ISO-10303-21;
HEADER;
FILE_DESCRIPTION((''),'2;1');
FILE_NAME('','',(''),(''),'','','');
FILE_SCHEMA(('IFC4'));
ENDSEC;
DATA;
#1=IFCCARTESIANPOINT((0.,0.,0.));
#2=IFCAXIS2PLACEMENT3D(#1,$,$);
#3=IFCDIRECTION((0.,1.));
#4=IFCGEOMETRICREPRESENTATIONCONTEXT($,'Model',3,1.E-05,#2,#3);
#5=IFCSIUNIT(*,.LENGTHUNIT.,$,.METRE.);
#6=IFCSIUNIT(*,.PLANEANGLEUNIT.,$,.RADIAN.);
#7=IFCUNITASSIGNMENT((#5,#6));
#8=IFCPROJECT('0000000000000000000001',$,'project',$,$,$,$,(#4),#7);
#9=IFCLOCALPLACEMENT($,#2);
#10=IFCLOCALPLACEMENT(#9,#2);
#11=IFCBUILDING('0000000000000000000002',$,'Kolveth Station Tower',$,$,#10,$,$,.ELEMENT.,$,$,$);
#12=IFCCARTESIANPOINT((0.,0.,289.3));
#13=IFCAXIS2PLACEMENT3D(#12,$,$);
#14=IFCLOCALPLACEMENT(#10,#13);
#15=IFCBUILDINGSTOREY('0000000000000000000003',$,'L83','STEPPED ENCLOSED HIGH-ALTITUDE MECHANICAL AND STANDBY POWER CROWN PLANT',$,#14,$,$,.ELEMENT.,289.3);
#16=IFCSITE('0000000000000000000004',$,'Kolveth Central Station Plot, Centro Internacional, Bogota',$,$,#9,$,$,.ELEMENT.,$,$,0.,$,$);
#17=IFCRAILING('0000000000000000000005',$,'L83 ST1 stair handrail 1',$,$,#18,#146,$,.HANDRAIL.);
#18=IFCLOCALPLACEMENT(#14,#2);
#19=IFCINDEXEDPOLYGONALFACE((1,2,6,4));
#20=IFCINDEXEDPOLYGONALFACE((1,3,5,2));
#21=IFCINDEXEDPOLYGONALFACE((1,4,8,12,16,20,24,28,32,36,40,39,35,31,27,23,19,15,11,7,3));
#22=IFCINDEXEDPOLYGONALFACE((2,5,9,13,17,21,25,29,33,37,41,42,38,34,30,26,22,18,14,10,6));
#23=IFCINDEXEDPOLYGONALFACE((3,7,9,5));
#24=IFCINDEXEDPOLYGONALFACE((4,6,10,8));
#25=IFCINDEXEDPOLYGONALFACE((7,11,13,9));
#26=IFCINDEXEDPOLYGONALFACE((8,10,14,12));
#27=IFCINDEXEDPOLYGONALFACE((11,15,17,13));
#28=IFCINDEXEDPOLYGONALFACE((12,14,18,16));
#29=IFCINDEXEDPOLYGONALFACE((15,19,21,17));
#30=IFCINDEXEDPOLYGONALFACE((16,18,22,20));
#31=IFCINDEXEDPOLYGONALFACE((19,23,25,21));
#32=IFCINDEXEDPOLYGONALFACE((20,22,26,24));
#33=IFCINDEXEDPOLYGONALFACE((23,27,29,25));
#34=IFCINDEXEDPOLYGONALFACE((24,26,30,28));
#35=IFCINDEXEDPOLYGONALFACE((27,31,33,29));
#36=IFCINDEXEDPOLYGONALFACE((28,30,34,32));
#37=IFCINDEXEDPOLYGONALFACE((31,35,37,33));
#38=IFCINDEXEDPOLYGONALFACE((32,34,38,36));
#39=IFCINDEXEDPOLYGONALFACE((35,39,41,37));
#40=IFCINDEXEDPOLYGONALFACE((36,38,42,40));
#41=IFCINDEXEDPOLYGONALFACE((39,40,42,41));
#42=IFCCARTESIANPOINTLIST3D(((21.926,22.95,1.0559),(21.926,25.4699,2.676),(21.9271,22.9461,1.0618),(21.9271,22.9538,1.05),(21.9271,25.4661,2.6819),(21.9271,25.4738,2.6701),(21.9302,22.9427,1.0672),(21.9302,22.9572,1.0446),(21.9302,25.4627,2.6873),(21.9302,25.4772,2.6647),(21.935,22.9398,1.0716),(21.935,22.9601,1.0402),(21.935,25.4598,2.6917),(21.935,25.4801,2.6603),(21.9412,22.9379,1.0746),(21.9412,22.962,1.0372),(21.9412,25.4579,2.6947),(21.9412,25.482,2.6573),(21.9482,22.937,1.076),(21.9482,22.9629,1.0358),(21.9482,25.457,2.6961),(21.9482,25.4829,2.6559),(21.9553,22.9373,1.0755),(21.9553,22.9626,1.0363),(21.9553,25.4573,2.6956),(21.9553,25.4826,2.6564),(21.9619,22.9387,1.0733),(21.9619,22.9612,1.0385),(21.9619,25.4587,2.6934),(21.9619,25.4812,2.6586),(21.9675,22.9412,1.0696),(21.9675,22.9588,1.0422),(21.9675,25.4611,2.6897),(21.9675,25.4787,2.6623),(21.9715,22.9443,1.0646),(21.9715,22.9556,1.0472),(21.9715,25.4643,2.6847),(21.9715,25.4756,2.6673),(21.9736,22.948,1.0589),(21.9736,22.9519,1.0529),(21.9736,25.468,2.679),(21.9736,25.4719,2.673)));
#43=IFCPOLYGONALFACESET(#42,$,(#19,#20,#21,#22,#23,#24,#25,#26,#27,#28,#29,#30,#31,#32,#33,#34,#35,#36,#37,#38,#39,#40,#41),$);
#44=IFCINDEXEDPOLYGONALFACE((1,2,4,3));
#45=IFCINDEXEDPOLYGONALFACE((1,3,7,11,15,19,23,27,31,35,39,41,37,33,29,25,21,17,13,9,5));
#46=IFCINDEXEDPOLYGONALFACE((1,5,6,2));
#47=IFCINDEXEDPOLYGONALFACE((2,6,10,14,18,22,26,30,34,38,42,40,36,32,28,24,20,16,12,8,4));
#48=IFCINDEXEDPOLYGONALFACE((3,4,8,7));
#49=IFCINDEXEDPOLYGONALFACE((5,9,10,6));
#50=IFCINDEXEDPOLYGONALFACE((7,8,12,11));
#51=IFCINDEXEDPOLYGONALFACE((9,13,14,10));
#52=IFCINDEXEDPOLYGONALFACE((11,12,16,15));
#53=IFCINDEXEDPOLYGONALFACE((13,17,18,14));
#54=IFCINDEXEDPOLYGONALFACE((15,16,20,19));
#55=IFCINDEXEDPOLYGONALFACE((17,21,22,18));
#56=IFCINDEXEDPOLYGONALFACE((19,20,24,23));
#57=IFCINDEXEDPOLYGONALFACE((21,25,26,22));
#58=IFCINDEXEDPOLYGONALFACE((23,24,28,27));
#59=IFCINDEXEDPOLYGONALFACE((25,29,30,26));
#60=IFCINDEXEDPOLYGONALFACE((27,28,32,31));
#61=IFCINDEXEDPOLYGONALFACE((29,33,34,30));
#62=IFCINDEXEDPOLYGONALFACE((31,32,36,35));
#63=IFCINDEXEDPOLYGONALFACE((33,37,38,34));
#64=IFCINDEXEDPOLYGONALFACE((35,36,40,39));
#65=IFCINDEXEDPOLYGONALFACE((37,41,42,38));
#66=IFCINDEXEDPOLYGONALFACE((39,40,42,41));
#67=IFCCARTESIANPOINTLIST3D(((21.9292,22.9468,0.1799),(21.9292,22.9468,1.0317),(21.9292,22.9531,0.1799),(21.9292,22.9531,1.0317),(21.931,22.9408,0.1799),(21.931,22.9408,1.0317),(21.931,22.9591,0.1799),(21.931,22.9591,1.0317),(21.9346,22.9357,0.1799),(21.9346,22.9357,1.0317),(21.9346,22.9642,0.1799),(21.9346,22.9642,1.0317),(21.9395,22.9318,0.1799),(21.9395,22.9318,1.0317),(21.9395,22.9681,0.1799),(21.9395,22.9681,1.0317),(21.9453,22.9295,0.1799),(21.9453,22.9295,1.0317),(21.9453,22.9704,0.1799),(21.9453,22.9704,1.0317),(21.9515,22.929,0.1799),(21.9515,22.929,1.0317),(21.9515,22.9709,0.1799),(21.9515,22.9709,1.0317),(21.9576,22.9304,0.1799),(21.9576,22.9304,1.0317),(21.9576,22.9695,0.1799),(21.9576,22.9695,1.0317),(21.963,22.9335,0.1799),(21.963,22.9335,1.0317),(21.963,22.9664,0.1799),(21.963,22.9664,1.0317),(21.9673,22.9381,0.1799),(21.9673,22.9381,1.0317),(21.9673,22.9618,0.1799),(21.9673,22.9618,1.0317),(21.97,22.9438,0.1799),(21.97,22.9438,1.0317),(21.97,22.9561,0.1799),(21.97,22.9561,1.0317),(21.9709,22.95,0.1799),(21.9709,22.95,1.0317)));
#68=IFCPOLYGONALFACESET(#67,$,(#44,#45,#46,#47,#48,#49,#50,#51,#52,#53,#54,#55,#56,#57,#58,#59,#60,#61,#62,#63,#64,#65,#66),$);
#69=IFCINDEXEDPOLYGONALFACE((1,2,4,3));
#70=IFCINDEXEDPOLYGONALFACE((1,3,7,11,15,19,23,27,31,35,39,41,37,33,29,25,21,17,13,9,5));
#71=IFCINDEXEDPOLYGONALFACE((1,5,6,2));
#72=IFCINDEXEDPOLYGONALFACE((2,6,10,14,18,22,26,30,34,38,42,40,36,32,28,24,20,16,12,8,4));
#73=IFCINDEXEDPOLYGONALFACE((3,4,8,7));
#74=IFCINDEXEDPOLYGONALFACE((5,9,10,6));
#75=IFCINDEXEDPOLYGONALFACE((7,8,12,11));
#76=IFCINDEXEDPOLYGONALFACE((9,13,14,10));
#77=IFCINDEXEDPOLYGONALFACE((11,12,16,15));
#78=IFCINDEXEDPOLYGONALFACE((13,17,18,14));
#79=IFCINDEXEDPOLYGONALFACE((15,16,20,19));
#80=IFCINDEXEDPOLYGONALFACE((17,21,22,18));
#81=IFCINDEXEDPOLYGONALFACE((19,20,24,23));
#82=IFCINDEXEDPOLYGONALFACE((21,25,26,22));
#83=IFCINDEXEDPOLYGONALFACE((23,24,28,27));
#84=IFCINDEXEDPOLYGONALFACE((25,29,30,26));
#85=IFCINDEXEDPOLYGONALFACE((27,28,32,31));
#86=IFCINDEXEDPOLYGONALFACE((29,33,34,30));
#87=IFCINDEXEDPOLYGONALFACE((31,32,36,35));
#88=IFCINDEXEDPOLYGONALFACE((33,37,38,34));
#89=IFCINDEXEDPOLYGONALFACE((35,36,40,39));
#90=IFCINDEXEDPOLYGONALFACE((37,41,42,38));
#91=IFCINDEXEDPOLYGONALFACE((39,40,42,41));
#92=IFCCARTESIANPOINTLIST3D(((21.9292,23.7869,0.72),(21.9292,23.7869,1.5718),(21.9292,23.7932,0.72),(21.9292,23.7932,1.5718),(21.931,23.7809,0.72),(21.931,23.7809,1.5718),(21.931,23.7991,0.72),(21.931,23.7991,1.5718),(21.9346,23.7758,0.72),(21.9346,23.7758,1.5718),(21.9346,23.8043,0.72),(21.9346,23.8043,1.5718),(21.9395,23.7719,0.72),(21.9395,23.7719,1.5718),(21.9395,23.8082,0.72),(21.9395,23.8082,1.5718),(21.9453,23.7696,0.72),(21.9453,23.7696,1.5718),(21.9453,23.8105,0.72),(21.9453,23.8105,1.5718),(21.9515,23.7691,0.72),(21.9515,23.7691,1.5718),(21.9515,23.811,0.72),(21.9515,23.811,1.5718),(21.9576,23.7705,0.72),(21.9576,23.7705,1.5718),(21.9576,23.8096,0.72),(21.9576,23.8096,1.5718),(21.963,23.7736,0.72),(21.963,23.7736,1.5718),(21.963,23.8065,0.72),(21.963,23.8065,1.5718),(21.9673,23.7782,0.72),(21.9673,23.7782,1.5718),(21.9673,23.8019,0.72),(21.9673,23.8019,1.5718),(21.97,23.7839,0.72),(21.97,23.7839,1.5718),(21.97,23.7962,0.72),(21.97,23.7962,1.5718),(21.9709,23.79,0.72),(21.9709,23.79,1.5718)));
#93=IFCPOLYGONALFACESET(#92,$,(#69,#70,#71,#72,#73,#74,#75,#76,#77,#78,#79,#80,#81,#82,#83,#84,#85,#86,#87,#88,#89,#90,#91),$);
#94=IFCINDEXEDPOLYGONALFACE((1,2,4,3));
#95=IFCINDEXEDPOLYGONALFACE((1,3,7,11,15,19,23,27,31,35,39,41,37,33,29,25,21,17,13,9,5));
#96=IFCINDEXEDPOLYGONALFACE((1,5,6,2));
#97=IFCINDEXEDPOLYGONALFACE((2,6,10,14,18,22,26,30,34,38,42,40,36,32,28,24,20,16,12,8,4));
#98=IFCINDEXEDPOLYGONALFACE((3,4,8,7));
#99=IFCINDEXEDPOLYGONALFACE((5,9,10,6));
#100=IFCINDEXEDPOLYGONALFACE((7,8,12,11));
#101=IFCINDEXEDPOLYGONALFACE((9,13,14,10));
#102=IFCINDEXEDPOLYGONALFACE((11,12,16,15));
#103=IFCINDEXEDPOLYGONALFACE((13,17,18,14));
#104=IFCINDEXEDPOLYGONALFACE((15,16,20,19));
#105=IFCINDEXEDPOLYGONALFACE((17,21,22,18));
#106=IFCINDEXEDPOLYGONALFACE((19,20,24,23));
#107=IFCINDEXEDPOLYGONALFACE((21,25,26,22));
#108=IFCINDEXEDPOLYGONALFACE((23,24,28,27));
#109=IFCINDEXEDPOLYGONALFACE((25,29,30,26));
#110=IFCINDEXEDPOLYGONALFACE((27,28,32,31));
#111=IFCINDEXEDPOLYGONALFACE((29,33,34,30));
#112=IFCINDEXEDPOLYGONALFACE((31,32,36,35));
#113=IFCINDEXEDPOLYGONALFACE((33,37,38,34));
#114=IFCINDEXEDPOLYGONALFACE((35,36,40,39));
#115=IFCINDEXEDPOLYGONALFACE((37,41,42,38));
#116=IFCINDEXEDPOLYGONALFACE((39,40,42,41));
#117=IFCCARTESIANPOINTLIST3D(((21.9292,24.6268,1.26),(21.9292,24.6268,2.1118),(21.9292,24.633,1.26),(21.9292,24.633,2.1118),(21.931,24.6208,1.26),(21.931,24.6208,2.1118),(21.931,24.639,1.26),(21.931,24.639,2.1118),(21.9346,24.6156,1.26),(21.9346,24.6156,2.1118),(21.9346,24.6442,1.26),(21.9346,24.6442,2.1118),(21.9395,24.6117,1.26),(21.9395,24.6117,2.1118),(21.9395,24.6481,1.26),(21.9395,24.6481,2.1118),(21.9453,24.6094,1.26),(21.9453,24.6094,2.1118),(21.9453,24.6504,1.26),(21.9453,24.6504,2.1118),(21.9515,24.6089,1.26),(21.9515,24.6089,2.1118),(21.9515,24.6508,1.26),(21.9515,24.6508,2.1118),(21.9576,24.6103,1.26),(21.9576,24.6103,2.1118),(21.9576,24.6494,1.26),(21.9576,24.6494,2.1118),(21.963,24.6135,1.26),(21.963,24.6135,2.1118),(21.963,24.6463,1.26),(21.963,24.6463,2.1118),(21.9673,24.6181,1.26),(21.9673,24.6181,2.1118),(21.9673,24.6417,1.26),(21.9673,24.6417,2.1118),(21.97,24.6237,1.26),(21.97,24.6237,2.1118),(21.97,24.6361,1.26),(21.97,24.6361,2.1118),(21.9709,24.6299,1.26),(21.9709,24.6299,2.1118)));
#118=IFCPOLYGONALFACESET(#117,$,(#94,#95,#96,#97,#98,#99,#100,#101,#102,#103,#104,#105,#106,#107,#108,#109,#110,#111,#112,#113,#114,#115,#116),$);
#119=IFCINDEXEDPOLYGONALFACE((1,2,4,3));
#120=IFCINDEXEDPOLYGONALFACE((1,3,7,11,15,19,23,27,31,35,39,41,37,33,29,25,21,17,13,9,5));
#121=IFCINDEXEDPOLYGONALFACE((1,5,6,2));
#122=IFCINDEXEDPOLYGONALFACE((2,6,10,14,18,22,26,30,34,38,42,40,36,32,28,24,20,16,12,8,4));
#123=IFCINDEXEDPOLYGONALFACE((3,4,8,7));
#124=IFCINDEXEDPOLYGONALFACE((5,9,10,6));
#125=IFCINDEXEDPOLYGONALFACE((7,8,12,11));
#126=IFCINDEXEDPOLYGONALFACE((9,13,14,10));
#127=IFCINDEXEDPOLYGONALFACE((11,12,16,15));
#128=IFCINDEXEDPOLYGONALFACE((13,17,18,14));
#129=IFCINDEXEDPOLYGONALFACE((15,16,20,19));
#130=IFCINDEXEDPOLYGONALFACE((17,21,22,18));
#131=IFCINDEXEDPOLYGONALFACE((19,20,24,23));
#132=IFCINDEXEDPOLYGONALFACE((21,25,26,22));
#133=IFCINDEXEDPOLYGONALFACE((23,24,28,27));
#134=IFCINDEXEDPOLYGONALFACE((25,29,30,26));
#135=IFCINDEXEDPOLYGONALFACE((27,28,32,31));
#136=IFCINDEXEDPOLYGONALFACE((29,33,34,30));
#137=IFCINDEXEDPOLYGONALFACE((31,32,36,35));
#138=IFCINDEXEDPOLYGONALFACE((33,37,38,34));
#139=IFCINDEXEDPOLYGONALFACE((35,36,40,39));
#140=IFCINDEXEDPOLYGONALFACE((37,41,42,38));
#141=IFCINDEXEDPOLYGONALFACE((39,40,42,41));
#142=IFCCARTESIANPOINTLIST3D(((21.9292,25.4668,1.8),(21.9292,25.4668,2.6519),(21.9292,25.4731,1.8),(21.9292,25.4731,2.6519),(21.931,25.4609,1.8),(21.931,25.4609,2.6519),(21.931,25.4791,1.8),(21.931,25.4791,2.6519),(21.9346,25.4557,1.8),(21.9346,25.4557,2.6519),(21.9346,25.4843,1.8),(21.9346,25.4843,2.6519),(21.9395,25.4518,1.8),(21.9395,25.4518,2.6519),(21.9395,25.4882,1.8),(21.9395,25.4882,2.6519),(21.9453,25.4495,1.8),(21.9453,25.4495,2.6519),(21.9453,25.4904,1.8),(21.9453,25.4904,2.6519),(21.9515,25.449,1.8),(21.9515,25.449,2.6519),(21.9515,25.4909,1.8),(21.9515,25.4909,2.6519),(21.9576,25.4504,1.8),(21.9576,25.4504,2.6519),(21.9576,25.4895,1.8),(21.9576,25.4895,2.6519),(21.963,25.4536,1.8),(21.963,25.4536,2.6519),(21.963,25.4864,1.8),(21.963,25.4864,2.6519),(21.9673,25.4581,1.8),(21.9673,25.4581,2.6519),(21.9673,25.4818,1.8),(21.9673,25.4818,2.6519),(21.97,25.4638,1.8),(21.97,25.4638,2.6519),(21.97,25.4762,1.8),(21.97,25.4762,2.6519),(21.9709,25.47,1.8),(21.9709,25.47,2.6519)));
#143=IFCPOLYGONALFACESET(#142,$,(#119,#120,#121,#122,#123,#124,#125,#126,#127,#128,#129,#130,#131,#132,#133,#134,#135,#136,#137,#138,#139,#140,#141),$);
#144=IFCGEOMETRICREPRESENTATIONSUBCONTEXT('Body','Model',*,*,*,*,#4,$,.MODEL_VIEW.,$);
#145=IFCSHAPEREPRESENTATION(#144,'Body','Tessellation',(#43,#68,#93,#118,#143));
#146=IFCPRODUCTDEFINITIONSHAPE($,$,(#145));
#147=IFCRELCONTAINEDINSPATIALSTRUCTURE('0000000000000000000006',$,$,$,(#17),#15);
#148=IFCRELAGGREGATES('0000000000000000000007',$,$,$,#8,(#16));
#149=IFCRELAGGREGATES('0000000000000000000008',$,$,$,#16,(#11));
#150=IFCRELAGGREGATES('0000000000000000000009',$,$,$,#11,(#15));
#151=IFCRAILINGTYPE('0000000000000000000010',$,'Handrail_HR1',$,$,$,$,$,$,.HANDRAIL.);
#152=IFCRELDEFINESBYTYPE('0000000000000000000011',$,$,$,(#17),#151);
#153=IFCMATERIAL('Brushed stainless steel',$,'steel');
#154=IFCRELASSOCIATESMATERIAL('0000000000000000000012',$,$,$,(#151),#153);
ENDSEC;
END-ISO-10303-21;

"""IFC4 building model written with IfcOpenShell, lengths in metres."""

from ifc_helpers import new_model, si_unit, direction, frame, origin, origin_2d, place, context, subcontext, project, spatial, circle, extrude, material, type_object, element, save


model = new_model("IFC4")

# Units and contexts
model_context = context("Model", 3, precision=1e-05, world=origin(), true_north=direction((0.0, 1.0)))
body_context = subcontext(model_context, "Body", "Model", "MODEL_VIEW")
ifc_project = project(units=[si_unit("LENGTHUNIT", "METRE"), si_unit("PLANEANGLEUNIT", "RADIAN")], contexts=[model_context])

# Site, building, storey
site_placement = place(None, origin())
site = spatial("IfcSite", under=ifc_project, at=site_placement, Name="Kolveth Central Station Plot, Centro Internacional, Bogota", CompositionType="ELEMENT", RefElevation=0.0)
building_placement = place(site_placement, origin())
building = spatial("IfcBuilding", under=site, at=building_placement, Name="Kolveth Station Tower", CompositionType="ELEMENT")
storey_placement = place(building_placement, frame((0.0, 0.0, 289.3)))
storey = spatial("IfcBuildingStorey", under=building, at=storey_placement, Name="L83", Description="STEPPED ENCLOSED HIGH-ALTITUDE MECHANICAL AND STANDBY POWER CROWN PLANT", CompositionType="ELEMENT", Elevation=289.3)

# Railing
ifc_material_1 = material(Name="Brushed stainless steel", Category="steel")
railing_type_1 = type_object("IfcRailingType", Name="Handrail_HR1", PredefinedType="HANDRAIL", material=ifc_material_1)
railing_1_placement = place(storey_placement, frame((21.95, 22.95, 0.1799)))
element("IfcRailing", 1, at=railing_1_placement, inside=storey, type_object=railing_type_1, Name="L83 ST1 stair handrail 1", PredefinedType="HANDRAIL", context=body_context, shape_type="SweptSolid", body=[
    extrude(circle(Radius=0.0239, at=origin_2d()), frame((0.0, 0.0, 0.876), z_axis=(0.0, 0.841163, 0.540782), x_axis=(-1.0, 0.0, 0.0)), (0.0, 0.0, 1.0), 2.9958),
    extrude(circle(Radius=0.021, at=origin_2d()), origin(), (0.0, 0.0, 1.0), 0.8518),
    extrude(circle(Radius=0.021, at=origin_2d()), frame((0.0, 0.8401, 0.54)), (0.0, 0.0, 1.0), 0.8518),
    extrude(circle(Radius=0.021, at=origin_2d()), frame((0.0, 1.6799, 1.0801)), (0.0, 0.0, 1.0), 0.8518),
    extrude(circle(Radius=0.021, at=origin_2d()), frame((0.0, 2.52, 1.6201)), (0.0, 0.0, 1.0), 0.8518),
])

save(model, "model.ifc")
